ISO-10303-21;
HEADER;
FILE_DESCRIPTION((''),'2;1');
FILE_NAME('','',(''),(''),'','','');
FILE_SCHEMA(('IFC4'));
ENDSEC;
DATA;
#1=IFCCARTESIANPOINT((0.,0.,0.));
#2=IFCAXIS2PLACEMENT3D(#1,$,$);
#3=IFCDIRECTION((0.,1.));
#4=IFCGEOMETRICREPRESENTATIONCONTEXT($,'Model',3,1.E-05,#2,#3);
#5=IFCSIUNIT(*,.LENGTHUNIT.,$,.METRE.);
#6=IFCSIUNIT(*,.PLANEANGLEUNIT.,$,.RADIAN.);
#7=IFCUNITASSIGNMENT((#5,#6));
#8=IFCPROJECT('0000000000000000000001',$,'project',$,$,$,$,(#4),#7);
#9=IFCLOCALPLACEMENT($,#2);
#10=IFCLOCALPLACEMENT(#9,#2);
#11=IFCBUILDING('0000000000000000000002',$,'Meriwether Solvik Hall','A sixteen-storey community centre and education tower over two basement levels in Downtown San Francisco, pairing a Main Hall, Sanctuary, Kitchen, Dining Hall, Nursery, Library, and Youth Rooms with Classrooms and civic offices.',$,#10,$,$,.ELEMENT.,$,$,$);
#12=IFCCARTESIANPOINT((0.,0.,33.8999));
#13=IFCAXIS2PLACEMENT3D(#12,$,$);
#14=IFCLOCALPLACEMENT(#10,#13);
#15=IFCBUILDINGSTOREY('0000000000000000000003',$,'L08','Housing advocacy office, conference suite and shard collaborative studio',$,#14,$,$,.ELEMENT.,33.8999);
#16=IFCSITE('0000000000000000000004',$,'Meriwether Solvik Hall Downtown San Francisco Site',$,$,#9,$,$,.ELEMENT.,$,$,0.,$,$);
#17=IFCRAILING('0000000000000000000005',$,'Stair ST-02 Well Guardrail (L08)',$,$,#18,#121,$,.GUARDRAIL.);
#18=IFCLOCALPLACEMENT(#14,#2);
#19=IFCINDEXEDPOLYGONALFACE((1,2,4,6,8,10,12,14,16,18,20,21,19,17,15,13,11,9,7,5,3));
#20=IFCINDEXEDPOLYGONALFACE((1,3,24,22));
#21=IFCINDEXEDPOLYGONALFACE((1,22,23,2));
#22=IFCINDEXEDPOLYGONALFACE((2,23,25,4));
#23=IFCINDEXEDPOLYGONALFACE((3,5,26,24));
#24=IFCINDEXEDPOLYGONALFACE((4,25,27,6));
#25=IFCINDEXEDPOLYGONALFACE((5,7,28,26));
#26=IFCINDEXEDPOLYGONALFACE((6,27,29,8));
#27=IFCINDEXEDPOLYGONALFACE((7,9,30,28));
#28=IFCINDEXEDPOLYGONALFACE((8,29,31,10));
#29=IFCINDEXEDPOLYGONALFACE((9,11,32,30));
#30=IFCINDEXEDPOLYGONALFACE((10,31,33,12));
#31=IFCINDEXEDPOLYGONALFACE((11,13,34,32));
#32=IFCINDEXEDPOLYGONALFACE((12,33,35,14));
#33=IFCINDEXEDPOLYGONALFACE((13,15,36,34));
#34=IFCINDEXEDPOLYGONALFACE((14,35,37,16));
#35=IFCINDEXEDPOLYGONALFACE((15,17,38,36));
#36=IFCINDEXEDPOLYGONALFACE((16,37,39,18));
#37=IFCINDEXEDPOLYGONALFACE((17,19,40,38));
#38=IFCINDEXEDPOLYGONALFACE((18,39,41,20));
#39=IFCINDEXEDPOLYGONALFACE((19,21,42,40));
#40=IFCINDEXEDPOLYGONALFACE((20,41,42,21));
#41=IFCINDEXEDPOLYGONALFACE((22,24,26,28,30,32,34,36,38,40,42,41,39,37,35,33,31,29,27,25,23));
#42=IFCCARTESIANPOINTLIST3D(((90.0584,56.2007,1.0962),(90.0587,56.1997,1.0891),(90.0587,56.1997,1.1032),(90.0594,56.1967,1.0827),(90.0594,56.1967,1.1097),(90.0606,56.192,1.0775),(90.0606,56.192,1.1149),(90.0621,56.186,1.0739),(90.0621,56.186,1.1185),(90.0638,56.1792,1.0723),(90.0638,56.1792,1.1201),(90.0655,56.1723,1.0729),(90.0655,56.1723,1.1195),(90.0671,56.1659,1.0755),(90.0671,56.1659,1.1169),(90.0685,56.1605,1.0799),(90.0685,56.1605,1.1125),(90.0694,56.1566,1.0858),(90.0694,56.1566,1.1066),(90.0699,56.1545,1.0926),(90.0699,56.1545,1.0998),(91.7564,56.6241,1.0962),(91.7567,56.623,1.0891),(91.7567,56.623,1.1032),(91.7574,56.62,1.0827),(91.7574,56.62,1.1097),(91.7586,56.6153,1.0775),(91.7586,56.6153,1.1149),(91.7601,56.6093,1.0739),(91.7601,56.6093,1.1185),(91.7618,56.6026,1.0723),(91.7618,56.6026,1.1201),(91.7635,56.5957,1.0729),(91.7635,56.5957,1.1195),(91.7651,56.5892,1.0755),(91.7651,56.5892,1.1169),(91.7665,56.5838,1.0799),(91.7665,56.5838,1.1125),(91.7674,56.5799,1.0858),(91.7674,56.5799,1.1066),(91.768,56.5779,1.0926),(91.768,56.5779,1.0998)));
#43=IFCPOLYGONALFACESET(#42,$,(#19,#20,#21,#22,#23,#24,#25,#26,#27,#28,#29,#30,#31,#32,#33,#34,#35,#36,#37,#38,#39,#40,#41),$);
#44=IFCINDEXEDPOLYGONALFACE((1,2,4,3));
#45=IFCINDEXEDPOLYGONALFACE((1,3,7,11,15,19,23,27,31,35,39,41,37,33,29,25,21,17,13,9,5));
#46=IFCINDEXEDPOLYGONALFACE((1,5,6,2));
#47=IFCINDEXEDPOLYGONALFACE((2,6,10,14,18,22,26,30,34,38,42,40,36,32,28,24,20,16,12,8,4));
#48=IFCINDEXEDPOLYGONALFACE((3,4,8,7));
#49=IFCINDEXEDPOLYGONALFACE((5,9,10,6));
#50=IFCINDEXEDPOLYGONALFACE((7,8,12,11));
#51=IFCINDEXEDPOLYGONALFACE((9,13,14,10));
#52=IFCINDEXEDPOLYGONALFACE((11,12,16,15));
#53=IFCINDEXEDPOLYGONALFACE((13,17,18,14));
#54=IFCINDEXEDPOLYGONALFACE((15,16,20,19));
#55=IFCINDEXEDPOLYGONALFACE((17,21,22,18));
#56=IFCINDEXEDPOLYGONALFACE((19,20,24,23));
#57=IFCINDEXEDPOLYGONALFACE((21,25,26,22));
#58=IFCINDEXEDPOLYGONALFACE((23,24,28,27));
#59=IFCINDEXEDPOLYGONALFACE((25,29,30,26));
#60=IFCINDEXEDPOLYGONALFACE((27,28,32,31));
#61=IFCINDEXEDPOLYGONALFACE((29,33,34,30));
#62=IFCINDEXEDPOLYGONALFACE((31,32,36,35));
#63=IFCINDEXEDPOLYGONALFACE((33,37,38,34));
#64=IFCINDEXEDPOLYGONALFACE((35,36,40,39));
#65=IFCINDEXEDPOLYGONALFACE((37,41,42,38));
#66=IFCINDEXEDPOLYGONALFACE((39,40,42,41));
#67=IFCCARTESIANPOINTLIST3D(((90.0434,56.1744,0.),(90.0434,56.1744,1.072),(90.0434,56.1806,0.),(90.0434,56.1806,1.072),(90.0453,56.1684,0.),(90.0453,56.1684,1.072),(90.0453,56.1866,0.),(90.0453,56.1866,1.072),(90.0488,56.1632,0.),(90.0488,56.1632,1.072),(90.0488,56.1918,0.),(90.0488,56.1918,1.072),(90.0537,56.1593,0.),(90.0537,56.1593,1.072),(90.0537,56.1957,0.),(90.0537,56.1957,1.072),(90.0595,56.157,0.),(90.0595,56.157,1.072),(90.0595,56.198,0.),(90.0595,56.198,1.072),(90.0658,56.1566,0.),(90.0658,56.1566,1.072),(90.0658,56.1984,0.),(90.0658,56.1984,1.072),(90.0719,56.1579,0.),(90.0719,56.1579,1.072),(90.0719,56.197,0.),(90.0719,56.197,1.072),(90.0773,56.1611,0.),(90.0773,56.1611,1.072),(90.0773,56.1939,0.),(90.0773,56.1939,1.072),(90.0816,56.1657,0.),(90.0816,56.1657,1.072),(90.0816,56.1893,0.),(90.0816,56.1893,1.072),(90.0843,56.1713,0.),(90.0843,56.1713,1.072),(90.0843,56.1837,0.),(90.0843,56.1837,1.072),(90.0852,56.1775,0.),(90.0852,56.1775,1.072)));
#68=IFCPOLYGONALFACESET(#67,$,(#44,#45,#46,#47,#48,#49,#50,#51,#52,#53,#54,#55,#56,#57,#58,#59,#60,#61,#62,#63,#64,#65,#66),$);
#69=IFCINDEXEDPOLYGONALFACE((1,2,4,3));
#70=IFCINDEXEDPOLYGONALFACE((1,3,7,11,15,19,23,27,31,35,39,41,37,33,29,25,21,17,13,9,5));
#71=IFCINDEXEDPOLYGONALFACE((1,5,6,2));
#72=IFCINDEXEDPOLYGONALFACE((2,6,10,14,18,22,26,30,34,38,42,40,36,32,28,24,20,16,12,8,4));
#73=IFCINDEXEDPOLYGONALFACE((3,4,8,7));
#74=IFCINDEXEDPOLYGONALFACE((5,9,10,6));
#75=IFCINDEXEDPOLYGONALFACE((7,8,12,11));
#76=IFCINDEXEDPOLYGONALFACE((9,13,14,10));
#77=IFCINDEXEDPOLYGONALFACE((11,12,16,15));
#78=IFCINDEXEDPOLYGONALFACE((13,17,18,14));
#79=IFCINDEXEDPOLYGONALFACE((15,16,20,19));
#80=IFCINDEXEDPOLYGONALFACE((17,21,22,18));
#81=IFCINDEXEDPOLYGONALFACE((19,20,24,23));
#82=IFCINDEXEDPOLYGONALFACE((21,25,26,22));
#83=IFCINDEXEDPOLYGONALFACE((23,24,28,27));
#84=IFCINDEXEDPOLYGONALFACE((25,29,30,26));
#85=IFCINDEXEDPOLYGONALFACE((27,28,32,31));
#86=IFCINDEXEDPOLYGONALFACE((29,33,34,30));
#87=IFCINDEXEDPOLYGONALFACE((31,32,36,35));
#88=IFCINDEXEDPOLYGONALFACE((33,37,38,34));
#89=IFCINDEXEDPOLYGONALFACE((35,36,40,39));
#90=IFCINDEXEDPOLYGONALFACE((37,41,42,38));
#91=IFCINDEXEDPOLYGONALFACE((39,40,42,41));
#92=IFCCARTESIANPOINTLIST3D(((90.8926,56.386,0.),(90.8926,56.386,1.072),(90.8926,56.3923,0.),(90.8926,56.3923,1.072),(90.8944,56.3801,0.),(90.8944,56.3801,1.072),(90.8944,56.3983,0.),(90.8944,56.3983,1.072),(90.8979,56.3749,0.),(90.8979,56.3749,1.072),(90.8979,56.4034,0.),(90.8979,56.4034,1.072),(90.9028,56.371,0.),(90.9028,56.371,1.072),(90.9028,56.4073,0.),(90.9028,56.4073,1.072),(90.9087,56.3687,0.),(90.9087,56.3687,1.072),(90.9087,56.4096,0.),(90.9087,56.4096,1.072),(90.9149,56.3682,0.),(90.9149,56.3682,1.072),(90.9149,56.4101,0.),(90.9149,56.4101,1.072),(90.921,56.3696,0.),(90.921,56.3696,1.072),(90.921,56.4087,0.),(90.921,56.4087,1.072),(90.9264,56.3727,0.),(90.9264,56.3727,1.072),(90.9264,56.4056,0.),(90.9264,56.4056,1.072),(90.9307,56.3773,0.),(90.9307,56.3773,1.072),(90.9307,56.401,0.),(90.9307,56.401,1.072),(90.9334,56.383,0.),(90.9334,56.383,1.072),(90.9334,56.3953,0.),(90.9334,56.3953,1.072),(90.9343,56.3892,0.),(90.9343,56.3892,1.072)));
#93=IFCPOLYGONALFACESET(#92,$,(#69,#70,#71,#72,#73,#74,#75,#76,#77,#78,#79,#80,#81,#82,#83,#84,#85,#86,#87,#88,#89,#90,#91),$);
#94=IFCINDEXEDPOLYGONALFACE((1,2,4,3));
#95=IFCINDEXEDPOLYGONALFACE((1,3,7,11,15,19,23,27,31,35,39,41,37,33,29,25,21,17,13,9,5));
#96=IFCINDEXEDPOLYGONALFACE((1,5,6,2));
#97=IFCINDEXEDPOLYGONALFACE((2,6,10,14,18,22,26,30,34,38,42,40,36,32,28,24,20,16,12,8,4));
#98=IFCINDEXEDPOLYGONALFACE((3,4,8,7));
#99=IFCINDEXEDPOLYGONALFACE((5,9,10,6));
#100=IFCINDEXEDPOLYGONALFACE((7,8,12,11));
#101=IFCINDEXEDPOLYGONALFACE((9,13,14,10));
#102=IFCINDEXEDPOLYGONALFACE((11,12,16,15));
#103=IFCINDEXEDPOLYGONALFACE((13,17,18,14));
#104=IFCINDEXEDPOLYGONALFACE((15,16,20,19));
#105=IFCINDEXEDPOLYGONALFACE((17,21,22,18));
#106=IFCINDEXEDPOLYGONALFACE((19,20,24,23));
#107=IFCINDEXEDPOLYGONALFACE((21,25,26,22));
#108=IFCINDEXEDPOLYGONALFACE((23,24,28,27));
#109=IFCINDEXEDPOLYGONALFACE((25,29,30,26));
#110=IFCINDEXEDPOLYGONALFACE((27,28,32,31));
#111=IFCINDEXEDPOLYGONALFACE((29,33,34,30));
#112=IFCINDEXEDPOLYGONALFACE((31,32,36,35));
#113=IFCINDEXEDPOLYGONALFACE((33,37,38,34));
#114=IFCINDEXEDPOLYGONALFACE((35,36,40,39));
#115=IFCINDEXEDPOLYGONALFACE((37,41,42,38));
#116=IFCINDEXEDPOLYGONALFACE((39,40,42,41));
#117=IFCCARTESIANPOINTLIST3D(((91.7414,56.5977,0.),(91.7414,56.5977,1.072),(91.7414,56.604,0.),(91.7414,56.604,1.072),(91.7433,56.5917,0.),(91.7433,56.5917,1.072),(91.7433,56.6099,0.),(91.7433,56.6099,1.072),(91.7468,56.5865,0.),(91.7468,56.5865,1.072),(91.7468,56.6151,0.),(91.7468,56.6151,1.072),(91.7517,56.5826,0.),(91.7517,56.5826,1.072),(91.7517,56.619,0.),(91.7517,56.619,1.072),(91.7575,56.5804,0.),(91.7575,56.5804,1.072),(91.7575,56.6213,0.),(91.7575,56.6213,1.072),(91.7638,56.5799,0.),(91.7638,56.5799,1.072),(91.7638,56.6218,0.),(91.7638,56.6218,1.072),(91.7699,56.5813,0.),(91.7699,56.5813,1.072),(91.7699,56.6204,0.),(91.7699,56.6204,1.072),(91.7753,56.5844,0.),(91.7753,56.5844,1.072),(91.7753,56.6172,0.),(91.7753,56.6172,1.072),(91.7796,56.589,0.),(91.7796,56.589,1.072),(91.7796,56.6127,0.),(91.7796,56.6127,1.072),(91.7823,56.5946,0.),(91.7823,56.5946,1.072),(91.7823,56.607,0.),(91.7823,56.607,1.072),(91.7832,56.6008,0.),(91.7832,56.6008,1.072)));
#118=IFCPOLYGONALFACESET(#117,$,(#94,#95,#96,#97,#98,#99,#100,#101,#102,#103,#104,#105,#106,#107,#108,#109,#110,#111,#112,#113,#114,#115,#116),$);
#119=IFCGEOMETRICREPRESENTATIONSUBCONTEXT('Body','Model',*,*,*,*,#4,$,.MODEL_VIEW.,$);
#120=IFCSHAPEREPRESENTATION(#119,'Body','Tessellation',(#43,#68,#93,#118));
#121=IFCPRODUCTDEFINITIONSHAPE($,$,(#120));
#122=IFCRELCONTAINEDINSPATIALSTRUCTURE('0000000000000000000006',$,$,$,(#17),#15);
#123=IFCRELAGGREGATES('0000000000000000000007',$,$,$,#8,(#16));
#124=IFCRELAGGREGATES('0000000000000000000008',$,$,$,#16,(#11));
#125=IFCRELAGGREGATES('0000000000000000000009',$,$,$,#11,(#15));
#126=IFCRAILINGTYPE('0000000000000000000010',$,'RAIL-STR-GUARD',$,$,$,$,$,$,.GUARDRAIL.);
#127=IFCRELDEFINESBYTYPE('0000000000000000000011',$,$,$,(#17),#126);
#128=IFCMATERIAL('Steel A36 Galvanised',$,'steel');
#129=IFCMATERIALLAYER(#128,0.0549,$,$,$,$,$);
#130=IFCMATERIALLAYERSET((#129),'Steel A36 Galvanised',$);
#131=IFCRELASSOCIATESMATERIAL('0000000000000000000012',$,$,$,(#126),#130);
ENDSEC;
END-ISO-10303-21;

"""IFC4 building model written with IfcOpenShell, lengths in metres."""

from ifc_helpers import new_model, si_unit, direction, frame, origin, origin_2d, place, context, subcontext, project, spatial, circle, extrude, material, layer, layer_set, type_object, element, save


model = new_model("IFC4")

# Units and contexts
model_context = context("Model", 3, precision=1e-05, world=origin(), true_north=direction((0.0, 1.0)))
body_context = subcontext(model_context, "Body", "Model", "MODEL_VIEW")
ifc_project = project(units=[si_unit("LENGTHUNIT", "METRE"), si_unit("PLANEANGLEUNIT", "RADIAN")], contexts=[model_context])

# Site, building, storey
site_placement = place(None, origin())
site = spatial("IfcSite", under=ifc_project, at=site_placement, Name="Meriwether Solvik Hall Downtown San Francisco Site", CompositionType="ELEMENT", RefElevation=0.0)
building_placement = place(site_placement, origin())
building = spatial("IfcBuilding", under=site, at=building_placement, Name="Meriwether Solvik Hall", Description="A sixteen-storey community centre and education tower over two basement levels in Downtown San Francisco, pairing a Main Hall, Sanctuary, Kitchen, Dining Hall, Nursery, Library, and Youth Rooms with Classrooms and civic offices.", CompositionType="ELEMENT")
storey_placement = place(building_placement, frame((0.0, 0.0, 33.8999)))
storey = spatial("IfcBuildingStorey", under=building, at=storey_placement, Name="L08", Description="Housing advocacy office, conference suite and shard collaborative studio", CompositionType="ELEMENT", Elevation=33.8999)

# Railing
ifc_material_1 = material(Name="Steel A36 Galvanised", Category="steel")
ifc_layer_1 = layer(ifc_material_1, 0.0549)
ifc_layer_set_1 = layer_set([ifc_layer_1], Name="Steel A36 Galvanised")
railing_type_1 = type_object("IfcRailingType", Name="RAIL-STR-GUARD", PredefinedType="GUARDRAIL", material=ifc_layer_set_1)
railing_1_placement = place(storey_placement, frame((90.0642, 56.1775, 0.0)))
element("IfcRailing", 1, at=railing_1_placement, inside=storey, type_object=railing_type_1, Name="Stair ST-02 Well Guardrail (L08)", PredefinedType="GUARDRAIL", context=body_context, shape_type="SweptSolid", body=[
    extrude(circle(Radius=0.0239, at=origin_2d()), frame((0.0, 0.0, 1.0962), z_axis=(0.970298, 0.241912, 0.0), x_axis=(-0.241912, 0.970298, 0.0)), (0.0, 0.0, 1.0), 1.75),
    extrude(circle(Radius=0.021, at=origin_2d()), origin(), (0.0, 0.0, 1.0), 1.072),
    extrude(circle(Radius=0.021, at=origin_2d()), frame((0.8491, 0.2117, 0.0)), (0.0, 0.0, 1.0), 1.072),
    extrude(circle(Radius=0.021, at=origin_2d()), frame((1.698, 0.4233, 0.0)), (0.0, 0.0, 1.0), 1.072),
])

save(model, "model.ifc")
